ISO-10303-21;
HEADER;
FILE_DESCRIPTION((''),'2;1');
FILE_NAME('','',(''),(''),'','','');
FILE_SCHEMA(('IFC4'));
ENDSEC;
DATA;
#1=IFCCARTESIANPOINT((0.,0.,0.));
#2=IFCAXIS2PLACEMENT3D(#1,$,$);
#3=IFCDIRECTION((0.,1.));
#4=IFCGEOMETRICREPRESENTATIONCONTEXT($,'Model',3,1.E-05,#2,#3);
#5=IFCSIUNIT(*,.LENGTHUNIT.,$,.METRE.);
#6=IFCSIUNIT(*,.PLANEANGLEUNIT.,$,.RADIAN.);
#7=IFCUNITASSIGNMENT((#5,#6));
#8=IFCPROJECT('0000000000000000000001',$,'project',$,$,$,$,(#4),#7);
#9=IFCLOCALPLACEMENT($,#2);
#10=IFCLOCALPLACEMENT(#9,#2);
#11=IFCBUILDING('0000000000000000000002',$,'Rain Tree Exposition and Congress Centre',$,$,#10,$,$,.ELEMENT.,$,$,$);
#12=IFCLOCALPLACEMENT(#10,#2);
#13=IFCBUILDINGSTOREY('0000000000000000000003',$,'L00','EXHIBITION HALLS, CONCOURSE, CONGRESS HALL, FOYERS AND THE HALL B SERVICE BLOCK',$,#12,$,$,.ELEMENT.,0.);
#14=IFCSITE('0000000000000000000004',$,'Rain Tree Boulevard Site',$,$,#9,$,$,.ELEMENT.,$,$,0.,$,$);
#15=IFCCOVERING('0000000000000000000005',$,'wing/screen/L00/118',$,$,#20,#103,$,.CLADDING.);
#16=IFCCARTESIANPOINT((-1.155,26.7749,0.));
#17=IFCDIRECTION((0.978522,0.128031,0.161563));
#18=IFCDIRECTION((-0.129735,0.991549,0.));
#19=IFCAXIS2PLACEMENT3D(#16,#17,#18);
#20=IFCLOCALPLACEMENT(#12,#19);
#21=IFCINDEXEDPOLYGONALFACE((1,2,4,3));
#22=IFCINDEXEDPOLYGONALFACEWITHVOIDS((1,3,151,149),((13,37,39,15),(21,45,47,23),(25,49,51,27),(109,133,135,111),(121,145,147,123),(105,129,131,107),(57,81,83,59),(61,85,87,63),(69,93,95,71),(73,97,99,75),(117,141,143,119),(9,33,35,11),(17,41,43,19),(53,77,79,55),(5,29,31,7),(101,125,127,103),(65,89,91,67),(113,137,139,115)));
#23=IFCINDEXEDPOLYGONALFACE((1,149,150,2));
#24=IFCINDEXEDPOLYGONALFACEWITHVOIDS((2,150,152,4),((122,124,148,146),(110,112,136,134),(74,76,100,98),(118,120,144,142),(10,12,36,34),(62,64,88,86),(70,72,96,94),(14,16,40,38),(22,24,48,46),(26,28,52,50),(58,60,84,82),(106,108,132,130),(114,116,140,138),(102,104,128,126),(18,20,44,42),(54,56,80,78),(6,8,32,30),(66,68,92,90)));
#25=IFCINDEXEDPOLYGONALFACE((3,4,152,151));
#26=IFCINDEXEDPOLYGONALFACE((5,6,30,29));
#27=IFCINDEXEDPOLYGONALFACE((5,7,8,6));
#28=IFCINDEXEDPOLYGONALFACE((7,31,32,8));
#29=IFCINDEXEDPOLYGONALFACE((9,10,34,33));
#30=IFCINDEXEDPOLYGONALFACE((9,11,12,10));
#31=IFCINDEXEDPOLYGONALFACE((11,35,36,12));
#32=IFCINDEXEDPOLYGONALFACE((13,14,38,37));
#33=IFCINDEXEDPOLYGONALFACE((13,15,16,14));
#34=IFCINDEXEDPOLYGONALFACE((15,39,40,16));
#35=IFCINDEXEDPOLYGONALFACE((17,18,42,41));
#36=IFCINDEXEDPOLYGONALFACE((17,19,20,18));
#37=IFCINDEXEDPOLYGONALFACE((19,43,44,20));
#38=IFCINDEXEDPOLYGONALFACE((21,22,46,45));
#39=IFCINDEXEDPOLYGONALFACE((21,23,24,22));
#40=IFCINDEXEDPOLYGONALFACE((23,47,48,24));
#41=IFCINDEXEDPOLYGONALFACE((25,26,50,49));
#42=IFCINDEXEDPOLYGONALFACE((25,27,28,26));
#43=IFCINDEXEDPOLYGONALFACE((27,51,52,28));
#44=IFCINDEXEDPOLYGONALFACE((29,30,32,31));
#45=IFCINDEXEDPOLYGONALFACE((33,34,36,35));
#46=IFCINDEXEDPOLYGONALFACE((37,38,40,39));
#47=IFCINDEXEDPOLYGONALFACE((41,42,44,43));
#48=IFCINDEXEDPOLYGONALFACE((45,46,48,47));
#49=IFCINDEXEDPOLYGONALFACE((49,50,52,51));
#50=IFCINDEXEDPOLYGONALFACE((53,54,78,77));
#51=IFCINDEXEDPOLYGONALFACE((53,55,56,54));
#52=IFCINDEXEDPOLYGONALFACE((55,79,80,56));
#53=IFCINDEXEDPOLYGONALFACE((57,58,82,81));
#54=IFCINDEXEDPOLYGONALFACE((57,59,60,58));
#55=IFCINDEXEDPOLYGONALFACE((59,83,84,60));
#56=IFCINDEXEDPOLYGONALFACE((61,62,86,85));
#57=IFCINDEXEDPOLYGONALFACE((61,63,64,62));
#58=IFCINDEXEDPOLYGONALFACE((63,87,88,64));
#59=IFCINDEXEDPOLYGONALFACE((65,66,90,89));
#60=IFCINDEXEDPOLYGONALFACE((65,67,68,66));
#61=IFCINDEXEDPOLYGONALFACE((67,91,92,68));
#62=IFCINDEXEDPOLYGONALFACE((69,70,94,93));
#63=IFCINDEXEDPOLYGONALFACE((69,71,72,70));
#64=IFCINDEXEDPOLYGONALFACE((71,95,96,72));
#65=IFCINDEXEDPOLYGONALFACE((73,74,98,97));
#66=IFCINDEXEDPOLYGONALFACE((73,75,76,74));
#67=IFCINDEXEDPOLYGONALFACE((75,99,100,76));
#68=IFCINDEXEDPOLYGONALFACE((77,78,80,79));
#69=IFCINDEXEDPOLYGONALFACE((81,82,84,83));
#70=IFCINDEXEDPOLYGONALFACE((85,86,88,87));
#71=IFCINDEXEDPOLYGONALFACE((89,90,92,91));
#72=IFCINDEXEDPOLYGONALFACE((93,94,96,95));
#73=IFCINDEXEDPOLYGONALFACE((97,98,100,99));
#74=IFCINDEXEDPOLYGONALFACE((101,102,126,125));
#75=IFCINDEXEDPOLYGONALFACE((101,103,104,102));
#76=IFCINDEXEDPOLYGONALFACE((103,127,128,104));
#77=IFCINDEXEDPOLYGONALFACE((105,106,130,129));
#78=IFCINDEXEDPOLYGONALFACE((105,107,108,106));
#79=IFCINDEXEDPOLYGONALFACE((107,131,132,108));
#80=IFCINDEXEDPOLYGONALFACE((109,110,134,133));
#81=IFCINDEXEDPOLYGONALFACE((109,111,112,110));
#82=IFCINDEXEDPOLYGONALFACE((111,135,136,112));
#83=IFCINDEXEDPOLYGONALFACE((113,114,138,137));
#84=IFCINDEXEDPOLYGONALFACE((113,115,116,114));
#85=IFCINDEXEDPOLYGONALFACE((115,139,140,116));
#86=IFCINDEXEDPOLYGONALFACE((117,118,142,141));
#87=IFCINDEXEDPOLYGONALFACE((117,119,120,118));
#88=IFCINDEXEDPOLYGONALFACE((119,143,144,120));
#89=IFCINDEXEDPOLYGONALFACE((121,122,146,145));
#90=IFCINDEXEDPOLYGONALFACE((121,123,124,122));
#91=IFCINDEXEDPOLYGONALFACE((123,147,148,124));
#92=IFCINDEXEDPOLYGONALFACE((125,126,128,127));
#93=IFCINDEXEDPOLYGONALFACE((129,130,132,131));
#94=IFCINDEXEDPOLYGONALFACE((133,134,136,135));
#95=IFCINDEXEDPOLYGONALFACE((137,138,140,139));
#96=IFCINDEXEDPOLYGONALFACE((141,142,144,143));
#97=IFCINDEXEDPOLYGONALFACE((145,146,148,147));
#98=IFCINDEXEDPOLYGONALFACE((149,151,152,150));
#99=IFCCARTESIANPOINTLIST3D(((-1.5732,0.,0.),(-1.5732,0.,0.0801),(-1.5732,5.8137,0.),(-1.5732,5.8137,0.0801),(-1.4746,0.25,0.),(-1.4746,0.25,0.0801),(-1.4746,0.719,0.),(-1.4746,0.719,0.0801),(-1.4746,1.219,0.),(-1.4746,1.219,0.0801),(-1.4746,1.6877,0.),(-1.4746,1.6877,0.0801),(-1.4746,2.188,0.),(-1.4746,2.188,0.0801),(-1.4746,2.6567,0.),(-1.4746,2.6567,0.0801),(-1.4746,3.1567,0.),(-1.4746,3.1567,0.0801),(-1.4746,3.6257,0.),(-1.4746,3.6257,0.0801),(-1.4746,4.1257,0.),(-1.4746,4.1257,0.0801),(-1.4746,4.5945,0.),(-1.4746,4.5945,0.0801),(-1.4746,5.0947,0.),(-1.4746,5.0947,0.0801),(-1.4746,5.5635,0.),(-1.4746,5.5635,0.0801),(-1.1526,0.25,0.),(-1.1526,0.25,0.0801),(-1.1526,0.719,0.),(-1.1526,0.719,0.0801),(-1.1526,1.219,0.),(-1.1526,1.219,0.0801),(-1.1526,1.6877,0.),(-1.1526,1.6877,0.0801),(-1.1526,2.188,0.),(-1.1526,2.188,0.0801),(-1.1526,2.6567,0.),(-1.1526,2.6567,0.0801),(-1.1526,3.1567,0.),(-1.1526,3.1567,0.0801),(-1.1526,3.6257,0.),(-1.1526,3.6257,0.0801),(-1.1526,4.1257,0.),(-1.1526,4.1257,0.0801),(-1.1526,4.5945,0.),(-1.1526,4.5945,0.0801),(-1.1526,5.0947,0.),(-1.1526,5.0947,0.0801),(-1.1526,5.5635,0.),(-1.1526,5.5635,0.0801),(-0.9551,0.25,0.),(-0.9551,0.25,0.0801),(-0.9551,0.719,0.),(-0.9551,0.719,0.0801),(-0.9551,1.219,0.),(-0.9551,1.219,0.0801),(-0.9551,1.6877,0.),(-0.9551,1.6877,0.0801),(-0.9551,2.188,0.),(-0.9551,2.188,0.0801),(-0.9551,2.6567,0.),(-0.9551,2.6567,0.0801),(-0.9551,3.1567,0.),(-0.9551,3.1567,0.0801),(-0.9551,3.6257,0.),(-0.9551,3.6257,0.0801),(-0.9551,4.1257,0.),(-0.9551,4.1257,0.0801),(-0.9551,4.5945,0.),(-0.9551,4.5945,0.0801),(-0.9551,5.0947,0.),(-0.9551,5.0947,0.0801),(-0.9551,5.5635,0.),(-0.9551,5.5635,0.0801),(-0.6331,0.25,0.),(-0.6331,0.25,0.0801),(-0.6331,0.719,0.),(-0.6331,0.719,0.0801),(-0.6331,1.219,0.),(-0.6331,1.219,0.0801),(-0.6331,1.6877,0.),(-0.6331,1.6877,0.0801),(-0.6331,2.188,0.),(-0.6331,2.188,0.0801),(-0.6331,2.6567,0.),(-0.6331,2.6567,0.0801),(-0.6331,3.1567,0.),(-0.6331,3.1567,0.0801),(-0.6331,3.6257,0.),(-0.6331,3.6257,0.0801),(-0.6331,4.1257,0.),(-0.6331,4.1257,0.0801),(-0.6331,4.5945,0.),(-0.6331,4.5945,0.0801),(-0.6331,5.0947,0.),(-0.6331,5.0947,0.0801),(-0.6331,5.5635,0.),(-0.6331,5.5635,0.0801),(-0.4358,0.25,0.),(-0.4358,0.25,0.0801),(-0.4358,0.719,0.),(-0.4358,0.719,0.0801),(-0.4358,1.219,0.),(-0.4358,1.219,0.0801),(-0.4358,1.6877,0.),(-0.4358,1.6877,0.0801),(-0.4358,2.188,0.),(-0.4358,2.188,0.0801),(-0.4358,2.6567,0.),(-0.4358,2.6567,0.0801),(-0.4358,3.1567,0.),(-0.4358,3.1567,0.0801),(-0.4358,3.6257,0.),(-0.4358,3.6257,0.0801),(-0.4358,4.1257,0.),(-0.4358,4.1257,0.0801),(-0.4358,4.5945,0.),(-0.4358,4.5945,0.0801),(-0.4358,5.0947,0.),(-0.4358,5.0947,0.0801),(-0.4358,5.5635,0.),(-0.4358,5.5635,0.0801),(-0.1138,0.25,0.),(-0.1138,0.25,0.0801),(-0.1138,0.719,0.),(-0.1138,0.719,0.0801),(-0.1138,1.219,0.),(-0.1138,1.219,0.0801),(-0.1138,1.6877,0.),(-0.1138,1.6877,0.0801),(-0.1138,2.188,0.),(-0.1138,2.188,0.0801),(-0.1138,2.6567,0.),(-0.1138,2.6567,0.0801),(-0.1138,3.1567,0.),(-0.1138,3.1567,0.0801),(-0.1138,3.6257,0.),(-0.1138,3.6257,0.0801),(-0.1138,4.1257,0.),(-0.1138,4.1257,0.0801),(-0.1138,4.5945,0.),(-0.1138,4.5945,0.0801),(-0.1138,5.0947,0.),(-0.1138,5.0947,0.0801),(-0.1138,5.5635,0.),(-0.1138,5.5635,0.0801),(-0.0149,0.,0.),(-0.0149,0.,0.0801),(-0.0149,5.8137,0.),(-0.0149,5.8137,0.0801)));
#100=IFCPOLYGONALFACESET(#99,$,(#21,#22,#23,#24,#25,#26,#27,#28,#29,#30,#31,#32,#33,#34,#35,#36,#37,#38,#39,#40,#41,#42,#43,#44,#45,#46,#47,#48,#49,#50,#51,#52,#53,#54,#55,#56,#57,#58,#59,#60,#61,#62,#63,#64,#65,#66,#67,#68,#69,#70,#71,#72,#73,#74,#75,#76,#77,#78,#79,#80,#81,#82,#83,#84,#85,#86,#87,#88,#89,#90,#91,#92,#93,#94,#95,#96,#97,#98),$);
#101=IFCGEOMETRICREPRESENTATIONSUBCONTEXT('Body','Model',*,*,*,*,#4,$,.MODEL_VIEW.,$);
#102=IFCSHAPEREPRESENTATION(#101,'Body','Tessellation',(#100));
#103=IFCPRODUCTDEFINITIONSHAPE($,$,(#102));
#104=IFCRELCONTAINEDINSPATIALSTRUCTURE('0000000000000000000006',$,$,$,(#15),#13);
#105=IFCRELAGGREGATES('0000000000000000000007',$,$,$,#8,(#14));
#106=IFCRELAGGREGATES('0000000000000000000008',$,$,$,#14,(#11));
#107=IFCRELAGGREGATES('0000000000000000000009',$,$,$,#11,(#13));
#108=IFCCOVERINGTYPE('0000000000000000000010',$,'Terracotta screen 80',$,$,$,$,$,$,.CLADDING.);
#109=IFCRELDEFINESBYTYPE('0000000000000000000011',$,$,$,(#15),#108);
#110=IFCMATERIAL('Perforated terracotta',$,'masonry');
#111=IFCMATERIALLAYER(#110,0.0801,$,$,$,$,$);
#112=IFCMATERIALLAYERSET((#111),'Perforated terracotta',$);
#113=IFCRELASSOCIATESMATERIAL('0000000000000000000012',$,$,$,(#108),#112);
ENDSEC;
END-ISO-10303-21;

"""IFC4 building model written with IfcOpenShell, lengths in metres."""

from ifc_helpers import new_model, si_unit, direction, frame, origin, place, context, subcontext, project, spatial, polyline, outline, extrude, material, layer, layer_set, type_object, element, save


model = new_model("IFC4")

# Units and contexts
model_context = context("Model", 3, precision=1e-05, world=origin(), true_north=direction((0.0, 1.0)))
body_context = subcontext(model_context, "Body", "Model", "MODEL_VIEW")
ifc_project = project(units=[si_unit("LENGTHUNIT", "METRE"), si_unit("PLANEANGLEUNIT", "RADIAN")], contexts=[model_context])

# Site, building, storey
site_placement = place(None, origin())
site = spatial("IfcSite", under=ifc_project, at=site_placement, Name="Rain Tree Boulevard Site", CompositionType="ELEMENT", RefElevation=0.0)
building_placement = place(site_placement, origin())
building = spatial("IfcBuilding", under=site, at=building_placement, Name="Rain Tree Exposition and Congress Centre", CompositionType="ELEMENT")
storey_placement = place(building_placement, origin())
storey = spatial("IfcBuildingStorey", under=building, at=storey_placement, Name="L00", Description="EXHIBITION HALLS, CONCOURSE, CONGRESS HALL, FOYERS AND THE HALL B SERVICE BLOCK", CompositionType="ELEMENT", Elevation=0.0)

# Covering
ifc_material_1 = material(Name="Perforated terracotta", Category="masonry")
ifc_layer_1 = layer(ifc_material_1, 0.0801)
ifc_layer_set_1 = layer_set([ifc_layer_1], Name="Perforated terracotta")
covering_type = type_object("IfcCoveringType", Name="Terracotta screen 80", PredefinedType="CLADDING", material=ifc_layer_set_1)
covering_1_placement = place(storey_placement, frame((-1.155, 26.7749, 0.0), z_axis=(0.978522, 0.128031, 0.161563), x_axis=(-0.129735, 0.991549, 0.0)))
element("IfcCovering", 1, at=covering_1_placement, inside=storey, type_object=covering_type, Name="wing/screen/L00/118", PredefinedType="CLADDING", context=body_context, shape_type="SweptSolid", body=[
    extrude(outline(polyline([(-1.5732, 0.0), (-1.5732, 5.8137), (-0.0149, 5.8137), (-0.0149, 0.0), (-1.5732, 0.0)]), holes=[polyline([(-0.1138, 0.25), (-0.1138, 0.719), (-0.4358, 0.719), (-0.4358, 0.25), (-0.1138, 0.25)]), polyline([(-0.1138, 1.219), (-0.1138, 1.6877), (-0.4358, 1.6877), (-0.4358, 1.219), (-0.1138, 1.219)]), polyline([(-0.1138, 2.188), (-0.1138, 2.6567), (-0.4358, 2.6567), (-0.4358, 2.188), (-0.1138, 2.188)]), polyline([(-0.1138, 3.1567), (-0.1138, 3.6257), (-0.4358, 3.6257), (-0.4358, 3.1567), (-0.1138, 3.1567)]), polyline([(-0.1138, 4.1257), (-0.1138, 4.5945), (-0.4358, 4.5945), (-0.4358, 4.1257), (-0.1138, 4.1257)]), polyline([(-0.1138, 5.0947), (-0.1138, 5.5635), (-0.4358, 5.5635), (-0.4358, 5.0947), (-0.1138, 5.0947)]), polyline([(-0.6331, 0.25), (-0.6331, 0.719), (-0.9551, 0.719), (-0.9551, 0.25), (-0.6331, 0.25)]), polyline([(-0.6331, 1.219), (-0.6331, 1.6877), (-0.9551, 1.6877), (-0.9551, 1.219), (-0.6331, 1.219)]), polyline([(-0.6331, 2.188), (-0.6331, 2.6567), (-0.9551, 2.6567), (-0.9551, 2.188), (-0.6331, 2.188)]), polyline([(-0.6331, 3.1567), (-0.6331, 3.6257), (-0.9551, 3.6257), (-0.9551, 3.1567), (-0.6331, 3.1567)]), polyline([(-0.6331, 4.1257), (-0.6331, 4.5945), (-0.9551, 4.5945), (-0.9551, 4.1257), (-0.6331, 4.1257)]), polyline([(-0.6331, 5.0947), (-0.6331, 5.5635), (-0.9551, 5.5635), (-0.9551, 5.0947), (-0.6331, 5.0947)]), polyline([(-1.1526, 0.25), (-1.1526, 0.719), (-1.4746, 0.719), (-1.4746, 0.25), (-1.1526, 0.25)]), polyline([(-1.1526, 1.219), (-1.1526, 1.6877), (-1.4746, 1.6877), (-1.4746, 1.219), (-1.1526, 1.219)]), polyline([(-1.1526, 2.188), (-1.1526, 2.6567), (-1.4746, 2.6567), (-1.4746, 2.188), (-1.1526, 2.188)]), polyline([(-1.1526, 3.1567), (-1.1526, 3.6257), (-1.4746, 3.6257), (-1.4746, 3.1567), (-1.1526, 3.1567)]), polyline([(-1.1526, 4.1257), (-1.1526, 4.5945), (-1.4746, 4.5945), (-1.4746, 4.1257), (-1.1526, 4.1257)]), polyline([(-1.1526, 5.0947), (-1.1526, 5.5635), (-1.4746, 5.5635), (-1.4746, 5.0947), (-1.1526, 5.0947)])]), origin(), (0.0, 0.0, 1.0), 0.0801),
])

save(model, "model.ifc")
